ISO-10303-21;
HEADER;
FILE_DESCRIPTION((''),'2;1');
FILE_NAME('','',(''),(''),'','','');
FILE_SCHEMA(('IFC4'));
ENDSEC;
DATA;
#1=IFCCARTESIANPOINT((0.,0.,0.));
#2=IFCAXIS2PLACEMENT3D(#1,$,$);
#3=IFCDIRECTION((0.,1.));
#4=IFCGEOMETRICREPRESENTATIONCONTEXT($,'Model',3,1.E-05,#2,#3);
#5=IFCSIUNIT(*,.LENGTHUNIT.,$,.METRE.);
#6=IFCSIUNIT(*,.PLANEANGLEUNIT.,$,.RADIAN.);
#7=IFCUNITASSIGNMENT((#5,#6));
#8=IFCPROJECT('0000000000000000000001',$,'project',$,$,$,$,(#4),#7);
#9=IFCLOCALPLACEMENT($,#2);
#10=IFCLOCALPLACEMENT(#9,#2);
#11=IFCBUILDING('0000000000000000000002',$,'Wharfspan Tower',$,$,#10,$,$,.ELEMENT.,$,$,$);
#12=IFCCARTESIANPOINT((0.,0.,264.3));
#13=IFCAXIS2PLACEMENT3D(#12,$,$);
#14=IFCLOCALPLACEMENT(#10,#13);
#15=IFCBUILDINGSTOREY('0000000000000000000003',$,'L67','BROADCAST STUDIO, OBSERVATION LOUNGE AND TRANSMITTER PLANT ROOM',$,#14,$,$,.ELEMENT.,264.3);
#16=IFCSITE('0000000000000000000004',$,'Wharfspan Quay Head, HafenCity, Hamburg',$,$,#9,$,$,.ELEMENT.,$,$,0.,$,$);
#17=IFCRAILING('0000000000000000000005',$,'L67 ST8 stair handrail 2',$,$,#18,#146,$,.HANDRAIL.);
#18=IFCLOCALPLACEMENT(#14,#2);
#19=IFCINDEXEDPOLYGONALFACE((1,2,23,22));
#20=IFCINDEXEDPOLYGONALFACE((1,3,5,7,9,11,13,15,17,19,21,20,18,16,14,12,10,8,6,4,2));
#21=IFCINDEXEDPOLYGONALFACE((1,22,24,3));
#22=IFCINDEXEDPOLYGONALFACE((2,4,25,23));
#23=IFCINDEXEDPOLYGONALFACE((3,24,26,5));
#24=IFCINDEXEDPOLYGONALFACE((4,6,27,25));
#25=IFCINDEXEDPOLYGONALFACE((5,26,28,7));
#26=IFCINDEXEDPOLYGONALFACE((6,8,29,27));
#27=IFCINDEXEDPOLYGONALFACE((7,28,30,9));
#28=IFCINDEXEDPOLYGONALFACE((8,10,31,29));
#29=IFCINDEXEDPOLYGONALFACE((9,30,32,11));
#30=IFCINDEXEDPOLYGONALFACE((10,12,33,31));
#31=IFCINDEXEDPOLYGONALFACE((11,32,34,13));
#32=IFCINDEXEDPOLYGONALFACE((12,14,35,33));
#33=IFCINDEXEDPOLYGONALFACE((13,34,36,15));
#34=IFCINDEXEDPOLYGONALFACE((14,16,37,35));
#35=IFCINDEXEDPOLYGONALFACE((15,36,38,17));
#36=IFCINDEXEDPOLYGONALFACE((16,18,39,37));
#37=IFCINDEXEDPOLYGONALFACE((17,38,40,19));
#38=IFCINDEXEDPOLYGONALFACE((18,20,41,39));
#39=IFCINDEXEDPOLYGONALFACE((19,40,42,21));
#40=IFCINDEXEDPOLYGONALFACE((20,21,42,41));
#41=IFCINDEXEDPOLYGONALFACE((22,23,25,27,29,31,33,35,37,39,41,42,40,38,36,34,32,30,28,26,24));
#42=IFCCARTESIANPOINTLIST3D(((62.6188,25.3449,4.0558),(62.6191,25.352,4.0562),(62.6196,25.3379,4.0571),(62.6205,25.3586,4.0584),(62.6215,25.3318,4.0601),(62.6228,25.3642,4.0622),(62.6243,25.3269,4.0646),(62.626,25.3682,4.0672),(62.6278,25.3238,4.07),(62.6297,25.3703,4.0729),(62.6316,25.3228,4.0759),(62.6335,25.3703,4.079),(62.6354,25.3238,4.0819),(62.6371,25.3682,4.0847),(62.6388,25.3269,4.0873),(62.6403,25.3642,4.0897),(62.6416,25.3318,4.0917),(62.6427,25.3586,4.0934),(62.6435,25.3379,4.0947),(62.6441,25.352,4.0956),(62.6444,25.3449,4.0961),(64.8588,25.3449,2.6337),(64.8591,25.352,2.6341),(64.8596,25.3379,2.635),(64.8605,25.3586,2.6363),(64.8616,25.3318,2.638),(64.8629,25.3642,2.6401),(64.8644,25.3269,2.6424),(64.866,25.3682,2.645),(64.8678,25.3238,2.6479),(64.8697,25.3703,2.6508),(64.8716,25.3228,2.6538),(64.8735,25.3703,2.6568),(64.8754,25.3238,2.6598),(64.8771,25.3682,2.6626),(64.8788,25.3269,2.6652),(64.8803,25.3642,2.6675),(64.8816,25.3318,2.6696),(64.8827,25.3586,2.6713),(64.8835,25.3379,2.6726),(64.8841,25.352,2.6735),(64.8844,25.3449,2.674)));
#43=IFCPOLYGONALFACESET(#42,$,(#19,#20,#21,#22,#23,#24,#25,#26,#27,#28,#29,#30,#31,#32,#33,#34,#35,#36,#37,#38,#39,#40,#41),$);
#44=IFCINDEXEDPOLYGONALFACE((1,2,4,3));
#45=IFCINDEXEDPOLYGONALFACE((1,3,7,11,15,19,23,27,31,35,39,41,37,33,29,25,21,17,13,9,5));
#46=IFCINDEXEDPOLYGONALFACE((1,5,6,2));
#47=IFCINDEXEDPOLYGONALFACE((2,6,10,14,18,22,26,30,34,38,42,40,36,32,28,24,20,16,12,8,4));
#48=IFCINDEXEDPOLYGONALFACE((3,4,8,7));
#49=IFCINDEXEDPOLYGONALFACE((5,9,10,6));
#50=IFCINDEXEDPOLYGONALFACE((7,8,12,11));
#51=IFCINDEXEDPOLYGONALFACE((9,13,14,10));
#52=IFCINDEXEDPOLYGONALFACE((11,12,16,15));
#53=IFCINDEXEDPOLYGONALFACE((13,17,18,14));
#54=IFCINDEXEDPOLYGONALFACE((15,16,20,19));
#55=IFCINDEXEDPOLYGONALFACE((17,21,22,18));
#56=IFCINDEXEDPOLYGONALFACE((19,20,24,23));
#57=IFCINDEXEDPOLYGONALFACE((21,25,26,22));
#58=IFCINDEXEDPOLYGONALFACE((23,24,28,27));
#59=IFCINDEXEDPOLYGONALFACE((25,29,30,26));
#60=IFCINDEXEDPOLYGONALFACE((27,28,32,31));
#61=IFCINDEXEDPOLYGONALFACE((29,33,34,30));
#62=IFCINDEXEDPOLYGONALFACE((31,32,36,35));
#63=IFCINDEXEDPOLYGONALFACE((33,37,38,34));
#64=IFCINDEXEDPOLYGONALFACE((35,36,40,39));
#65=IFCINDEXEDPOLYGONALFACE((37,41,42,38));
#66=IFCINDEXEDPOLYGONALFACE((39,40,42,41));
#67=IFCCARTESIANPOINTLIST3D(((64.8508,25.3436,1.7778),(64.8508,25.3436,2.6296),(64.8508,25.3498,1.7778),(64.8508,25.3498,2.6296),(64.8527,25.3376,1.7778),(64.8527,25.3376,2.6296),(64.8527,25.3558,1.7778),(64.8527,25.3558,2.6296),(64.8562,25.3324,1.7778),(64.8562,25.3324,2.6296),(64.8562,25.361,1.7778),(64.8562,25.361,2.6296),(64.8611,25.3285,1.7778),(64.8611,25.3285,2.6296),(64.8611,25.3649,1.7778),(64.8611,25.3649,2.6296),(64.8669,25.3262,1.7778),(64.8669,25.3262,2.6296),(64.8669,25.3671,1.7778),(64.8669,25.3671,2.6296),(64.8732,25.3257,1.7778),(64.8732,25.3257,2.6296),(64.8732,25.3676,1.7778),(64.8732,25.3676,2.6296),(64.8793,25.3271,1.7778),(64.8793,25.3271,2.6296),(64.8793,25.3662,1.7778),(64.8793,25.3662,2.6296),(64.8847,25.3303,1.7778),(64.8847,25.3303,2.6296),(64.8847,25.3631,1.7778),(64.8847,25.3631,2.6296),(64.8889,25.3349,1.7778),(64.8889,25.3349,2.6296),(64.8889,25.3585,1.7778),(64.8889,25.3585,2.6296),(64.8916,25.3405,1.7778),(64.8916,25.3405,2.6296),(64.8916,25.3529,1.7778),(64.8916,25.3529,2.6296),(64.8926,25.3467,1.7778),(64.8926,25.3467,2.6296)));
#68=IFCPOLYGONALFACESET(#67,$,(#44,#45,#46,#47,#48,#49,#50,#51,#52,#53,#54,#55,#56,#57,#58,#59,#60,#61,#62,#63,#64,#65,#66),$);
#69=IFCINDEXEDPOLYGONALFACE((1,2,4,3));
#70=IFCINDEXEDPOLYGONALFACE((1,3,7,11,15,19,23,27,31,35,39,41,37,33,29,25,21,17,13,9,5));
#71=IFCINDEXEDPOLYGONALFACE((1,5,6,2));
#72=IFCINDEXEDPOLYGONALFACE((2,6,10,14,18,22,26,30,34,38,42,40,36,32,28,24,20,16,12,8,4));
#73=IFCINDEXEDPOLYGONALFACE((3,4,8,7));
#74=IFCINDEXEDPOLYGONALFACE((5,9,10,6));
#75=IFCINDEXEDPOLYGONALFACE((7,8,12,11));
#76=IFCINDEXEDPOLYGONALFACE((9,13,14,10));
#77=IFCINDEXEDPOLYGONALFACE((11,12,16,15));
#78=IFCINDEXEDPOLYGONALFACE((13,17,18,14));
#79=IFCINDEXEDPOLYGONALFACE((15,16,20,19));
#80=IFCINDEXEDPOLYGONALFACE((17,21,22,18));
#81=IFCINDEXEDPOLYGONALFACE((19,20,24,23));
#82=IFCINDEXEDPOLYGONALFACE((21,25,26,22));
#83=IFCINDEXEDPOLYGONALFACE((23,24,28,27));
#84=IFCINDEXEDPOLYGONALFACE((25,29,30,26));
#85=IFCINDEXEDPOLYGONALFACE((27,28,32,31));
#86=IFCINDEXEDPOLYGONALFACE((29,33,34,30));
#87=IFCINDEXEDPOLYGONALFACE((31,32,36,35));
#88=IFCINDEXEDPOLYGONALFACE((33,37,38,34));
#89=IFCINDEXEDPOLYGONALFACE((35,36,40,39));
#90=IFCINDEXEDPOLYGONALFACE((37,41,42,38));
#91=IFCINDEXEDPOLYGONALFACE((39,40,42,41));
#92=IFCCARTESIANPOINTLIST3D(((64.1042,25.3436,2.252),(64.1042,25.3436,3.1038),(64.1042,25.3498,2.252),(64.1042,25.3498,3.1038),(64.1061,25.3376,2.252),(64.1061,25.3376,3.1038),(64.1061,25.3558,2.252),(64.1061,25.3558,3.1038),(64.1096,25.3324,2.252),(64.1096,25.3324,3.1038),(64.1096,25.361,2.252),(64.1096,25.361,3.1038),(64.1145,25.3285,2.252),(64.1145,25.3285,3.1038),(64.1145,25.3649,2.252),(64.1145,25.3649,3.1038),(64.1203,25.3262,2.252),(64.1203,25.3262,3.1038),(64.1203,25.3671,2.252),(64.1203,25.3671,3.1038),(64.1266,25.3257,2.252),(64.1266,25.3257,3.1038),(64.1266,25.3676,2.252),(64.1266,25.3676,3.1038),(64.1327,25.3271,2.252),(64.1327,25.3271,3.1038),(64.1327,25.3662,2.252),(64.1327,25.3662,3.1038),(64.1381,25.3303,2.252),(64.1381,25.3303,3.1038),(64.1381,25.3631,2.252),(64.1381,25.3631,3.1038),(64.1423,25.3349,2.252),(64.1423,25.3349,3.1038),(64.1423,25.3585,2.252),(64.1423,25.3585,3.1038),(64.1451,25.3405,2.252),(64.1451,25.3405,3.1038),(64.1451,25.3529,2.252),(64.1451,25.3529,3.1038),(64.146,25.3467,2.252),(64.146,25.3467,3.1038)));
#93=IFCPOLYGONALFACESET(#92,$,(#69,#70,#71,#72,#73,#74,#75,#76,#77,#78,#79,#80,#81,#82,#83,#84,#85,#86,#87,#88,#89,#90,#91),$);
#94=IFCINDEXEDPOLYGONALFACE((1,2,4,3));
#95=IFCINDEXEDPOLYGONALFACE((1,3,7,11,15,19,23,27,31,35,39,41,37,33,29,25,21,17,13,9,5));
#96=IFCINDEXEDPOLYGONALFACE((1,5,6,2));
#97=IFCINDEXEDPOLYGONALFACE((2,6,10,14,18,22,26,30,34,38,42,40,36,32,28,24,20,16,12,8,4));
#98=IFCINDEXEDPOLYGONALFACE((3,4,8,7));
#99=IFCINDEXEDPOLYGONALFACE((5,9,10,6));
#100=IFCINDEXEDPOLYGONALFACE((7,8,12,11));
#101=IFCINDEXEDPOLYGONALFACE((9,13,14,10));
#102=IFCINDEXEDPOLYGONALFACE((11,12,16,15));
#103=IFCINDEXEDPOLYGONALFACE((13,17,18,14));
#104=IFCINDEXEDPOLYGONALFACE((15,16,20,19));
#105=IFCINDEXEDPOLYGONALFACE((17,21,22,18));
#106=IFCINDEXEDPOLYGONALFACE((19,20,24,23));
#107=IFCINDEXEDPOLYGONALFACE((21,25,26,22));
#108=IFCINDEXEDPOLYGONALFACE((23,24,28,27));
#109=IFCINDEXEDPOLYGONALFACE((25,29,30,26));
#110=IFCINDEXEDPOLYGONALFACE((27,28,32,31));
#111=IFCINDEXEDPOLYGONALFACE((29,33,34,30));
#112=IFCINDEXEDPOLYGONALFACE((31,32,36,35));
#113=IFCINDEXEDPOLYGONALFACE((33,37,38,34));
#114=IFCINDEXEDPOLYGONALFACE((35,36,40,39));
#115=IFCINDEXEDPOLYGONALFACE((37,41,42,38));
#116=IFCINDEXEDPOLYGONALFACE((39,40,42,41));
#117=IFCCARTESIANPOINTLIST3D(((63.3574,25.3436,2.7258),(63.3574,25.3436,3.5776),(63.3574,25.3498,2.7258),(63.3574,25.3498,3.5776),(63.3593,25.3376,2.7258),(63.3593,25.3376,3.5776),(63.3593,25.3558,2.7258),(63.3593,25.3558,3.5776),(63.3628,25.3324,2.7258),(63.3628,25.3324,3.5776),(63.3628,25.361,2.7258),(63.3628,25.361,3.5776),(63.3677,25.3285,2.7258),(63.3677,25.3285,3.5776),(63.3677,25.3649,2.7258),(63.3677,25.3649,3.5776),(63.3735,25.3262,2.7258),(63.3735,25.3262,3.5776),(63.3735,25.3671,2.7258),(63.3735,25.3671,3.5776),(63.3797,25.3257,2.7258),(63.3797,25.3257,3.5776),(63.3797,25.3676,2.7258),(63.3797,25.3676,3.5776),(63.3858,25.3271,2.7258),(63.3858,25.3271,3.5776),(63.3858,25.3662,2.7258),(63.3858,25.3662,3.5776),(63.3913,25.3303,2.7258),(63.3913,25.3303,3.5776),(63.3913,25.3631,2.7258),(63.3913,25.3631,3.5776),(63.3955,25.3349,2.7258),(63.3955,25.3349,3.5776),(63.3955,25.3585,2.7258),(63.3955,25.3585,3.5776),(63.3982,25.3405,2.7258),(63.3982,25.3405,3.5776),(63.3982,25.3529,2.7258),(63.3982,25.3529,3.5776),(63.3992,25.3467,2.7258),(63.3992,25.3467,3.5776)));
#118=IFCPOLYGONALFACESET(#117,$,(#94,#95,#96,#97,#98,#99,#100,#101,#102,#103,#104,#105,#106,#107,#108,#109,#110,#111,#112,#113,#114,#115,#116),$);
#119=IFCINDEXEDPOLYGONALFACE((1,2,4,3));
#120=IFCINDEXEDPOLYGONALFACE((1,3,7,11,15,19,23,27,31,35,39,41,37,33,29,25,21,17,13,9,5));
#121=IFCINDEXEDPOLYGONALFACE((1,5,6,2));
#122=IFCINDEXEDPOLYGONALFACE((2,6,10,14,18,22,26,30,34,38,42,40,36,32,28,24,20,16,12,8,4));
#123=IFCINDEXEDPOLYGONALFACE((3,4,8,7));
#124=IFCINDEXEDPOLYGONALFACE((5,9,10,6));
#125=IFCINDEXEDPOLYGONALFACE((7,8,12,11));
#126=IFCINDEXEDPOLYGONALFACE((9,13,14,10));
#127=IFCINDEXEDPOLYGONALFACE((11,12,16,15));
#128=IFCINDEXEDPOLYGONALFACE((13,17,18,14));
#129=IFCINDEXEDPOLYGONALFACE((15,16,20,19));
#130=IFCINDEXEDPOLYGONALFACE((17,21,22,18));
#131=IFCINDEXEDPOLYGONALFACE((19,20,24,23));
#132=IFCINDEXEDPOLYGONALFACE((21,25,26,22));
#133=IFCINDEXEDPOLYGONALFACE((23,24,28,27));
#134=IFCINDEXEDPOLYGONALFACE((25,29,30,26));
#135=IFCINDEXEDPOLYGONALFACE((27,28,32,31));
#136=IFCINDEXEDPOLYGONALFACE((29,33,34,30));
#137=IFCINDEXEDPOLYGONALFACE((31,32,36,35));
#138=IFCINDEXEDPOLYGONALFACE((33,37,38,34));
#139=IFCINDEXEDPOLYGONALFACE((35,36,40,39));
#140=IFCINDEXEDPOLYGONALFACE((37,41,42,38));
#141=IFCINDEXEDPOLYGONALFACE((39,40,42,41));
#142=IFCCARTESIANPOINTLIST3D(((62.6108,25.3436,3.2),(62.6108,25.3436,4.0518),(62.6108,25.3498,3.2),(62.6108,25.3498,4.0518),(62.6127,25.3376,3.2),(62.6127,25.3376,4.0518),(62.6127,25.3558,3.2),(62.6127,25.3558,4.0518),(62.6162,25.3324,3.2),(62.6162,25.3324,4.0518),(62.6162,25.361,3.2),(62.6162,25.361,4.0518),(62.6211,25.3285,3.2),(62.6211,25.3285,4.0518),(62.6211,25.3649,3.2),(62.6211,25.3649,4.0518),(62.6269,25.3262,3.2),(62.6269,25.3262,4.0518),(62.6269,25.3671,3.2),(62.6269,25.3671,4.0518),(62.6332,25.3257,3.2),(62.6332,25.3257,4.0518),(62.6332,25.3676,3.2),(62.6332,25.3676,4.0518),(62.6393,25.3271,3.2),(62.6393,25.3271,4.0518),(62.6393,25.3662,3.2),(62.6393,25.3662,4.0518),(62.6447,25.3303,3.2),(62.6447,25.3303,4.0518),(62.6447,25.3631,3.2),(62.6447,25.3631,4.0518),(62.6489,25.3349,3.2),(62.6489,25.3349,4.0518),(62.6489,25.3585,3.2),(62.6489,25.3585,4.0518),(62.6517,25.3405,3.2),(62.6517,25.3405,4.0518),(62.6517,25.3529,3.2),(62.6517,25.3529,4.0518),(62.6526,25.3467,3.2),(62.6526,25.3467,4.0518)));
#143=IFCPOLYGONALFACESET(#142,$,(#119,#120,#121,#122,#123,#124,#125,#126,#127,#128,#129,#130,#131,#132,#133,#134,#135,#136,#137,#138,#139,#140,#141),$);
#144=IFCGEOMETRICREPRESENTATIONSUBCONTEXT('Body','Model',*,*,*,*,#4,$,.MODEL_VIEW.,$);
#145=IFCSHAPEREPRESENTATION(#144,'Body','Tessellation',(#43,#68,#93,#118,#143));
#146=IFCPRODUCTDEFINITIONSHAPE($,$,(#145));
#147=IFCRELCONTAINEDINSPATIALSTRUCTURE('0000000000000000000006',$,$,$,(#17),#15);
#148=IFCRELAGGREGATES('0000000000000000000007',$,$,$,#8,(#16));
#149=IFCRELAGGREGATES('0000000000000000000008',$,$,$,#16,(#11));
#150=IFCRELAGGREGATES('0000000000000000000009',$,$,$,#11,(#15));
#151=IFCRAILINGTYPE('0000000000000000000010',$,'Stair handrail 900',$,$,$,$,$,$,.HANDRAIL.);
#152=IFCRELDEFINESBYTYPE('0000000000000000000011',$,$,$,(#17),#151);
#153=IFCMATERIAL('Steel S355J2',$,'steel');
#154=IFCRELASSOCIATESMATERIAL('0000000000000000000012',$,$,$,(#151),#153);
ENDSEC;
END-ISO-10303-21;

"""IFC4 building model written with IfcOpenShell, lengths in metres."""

from ifc_helpers import new_model, si_unit, direction, frame, origin, origin_2d, place, context, subcontext, project, spatial, circle, extrude, material, type_object, element, save


model = new_model("IFC4")

# Units and contexts
model_context = context("Model", 3, precision=1e-05, world=origin(), true_north=direction((0.0, 1.0)))
body_context = subcontext(model_context, "Body", "Model", "MODEL_VIEW")
ifc_project = project(units=[si_unit("LENGTHUNIT", "METRE"), si_unit("PLANEANGLEUNIT", "RADIAN")], contexts=[model_context])

# Site, building, storey
site_placement = place(None, origin())
site = spatial("IfcSite", under=ifc_project, at=site_placement, Name="Wharfspan Quay Head, HafenCity, Hamburg", CompositionType="ELEMENT", RefElevation=0.0)
building_placement = place(site_placement, origin())
building = spatial("IfcBuilding", under=site, at=building_placement, Name="Wharfspan Tower", CompositionType="ELEMENT")
storey_placement = place(building_placement, frame((0.0, 0.0, 264.3)))
storey = spatial("IfcBuildingStorey", under=building, at=storey_placement, Name="L67", Description="BROADCAST STUDIO, OBSERVATION LOUNGE AND TRANSMITTER PLANT ROOM", CompositionType="ELEMENT", Elevation=264.3)

# Shared definitions
ifc_material_1 = material(Name="Steel S355J2", Category="steel")

# Railing
railing_type_1 = type_object("IfcRailingType", Name="Stair handrail 900", PredefinedType="HANDRAIL", material=ifc_material_1)
railing_1_placement = place(storey_placement, frame((64.8716, 25.3467, 1.7778)))
element("IfcRailing", 1, at=railing_1_placement, inside=storey, type_object=railing_type_1, Name="L67 ST8 stair handrail 2", PredefinedType="HANDRAIL", context=body_context, shape_type="SweptSolid", body=[
    extrude(circle(Radius=0.0239, at=origin_2d()), frame((0.0, 0.0, 0.876), z_axis=(-0.844229, 0.0, 0.535982), x_axis=(0.0, -1.0, 0.0)), (0.0, 0.0, 1.0), 2.6533),
    extrude(circle(Radius=0.021, at=origin_2d()), origin(), (0.0, 0.0, 1.0), 0.8518),
    extrude(circle(Radius=0.021, at=origin_2d()), frame((-0.7466, 0.0, 0.4741)), (0.0, 0.0, 1.0), 0.8518),
    extrude(circle(Radius=0.021, at=origin_2d()), frame((-1.4934, 0.0, 0.948)), (0.0, 0.0, 1.0), 0.8518),
    extrude(circle(Radius=0.021, at=origin_2d()), frame((-2.24, 0.0, 1.4221)), (0.0, 0.0, 1.0), 0.8518),
])

save(model, "model.ifc")
